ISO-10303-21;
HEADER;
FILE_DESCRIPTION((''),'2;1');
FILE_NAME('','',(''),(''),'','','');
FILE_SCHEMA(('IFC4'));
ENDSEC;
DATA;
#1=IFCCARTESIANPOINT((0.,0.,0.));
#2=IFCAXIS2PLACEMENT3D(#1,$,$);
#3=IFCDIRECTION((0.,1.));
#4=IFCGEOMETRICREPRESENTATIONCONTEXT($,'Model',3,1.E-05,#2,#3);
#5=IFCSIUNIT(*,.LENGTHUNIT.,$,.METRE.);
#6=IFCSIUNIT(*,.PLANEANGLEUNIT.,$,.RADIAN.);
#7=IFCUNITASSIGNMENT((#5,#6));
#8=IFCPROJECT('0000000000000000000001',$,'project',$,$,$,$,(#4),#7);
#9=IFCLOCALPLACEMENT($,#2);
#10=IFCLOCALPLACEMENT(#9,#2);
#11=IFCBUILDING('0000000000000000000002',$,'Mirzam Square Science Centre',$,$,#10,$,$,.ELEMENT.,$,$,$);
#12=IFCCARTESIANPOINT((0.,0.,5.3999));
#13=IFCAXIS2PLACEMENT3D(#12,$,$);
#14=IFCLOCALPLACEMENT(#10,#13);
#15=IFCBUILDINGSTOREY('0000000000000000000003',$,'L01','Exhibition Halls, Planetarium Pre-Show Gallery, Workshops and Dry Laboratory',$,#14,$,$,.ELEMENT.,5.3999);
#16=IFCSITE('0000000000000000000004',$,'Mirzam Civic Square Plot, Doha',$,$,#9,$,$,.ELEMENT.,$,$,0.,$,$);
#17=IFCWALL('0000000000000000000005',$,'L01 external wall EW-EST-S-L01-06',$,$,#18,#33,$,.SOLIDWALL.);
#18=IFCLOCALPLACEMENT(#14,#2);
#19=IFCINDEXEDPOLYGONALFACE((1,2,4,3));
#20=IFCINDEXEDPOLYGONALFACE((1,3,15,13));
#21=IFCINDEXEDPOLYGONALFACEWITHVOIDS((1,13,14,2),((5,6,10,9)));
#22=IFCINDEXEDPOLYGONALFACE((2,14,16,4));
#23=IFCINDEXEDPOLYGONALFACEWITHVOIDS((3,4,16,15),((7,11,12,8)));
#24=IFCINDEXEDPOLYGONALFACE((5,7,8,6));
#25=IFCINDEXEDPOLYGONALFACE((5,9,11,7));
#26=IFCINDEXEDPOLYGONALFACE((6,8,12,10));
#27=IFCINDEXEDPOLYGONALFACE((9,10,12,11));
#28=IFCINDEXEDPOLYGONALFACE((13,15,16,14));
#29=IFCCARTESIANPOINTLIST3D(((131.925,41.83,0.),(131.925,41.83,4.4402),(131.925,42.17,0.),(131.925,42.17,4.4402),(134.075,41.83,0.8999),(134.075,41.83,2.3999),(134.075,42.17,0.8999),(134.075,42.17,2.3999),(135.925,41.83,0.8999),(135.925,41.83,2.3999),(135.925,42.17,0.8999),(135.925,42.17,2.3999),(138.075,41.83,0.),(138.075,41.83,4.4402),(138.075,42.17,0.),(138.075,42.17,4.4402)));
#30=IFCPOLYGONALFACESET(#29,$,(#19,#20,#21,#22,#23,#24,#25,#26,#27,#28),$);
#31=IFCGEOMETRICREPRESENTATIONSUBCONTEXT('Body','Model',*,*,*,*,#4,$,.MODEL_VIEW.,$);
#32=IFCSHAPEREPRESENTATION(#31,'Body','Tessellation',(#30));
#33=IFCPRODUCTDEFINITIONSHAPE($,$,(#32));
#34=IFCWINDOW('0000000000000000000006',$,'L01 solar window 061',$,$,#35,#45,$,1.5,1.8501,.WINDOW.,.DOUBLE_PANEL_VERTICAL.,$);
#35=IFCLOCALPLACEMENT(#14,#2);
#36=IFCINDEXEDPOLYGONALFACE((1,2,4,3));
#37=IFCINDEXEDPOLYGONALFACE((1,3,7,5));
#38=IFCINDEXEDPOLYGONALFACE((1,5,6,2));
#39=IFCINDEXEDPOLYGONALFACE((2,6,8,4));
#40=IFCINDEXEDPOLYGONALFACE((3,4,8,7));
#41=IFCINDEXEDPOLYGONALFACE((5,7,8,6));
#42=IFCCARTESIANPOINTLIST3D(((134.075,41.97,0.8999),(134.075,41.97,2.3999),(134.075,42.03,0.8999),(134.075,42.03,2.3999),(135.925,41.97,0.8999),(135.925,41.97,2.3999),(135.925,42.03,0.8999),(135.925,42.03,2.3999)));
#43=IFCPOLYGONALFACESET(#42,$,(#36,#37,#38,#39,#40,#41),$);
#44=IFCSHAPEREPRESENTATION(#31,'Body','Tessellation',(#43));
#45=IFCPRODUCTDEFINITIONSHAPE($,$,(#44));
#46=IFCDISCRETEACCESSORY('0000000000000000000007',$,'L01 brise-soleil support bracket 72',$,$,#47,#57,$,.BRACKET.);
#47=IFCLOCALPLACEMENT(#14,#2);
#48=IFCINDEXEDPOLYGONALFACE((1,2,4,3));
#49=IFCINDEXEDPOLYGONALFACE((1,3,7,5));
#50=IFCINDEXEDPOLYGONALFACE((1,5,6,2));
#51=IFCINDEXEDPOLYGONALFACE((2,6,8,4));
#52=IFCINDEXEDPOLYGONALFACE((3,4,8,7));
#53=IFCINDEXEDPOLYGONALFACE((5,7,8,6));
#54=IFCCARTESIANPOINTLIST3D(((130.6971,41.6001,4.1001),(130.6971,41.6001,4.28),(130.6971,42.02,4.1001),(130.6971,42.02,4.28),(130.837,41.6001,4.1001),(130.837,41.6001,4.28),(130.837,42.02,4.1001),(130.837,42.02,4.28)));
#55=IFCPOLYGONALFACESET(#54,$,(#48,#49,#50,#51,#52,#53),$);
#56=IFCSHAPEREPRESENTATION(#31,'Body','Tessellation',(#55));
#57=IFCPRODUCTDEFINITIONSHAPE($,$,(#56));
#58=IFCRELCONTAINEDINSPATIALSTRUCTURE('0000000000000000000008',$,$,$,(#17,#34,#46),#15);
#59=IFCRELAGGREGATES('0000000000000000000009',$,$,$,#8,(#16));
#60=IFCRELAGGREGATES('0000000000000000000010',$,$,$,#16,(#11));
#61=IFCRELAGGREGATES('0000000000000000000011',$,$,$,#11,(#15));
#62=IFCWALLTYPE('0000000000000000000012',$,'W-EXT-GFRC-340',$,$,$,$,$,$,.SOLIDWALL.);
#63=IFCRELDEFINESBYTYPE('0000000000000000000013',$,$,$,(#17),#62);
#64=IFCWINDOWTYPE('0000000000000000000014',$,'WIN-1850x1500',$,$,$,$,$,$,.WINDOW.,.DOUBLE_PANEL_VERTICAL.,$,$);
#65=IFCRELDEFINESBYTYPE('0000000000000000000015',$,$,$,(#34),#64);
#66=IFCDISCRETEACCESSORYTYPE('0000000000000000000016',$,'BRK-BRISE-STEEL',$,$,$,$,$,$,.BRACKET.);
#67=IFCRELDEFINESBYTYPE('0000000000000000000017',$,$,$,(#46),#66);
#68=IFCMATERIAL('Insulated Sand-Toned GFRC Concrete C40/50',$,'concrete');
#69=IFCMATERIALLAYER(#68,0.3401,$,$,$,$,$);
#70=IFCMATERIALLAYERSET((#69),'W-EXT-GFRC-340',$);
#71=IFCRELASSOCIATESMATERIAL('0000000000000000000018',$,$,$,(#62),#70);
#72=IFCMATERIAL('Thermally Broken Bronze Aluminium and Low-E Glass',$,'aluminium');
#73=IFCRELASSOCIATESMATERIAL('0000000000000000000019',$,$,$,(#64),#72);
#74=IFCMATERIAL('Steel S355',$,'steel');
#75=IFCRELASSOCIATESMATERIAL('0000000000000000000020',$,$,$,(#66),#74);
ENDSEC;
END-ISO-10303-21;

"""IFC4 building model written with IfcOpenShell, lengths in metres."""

from ifc_helpers import new_model, si_unit, direction, frame, frame_2d, origin, origin_2d, place, context, subcontext, project, spatial, rectangle, extrude, material, layer, layer_set, type_object, element, fill, save


model = new_model("IFC4")

# Units and contexts
model_context = context("Model", 3, precision=1e-05, world=origin(), true_north=direction((0.0, 1.0)))
body_context = subcontext(model_context, "Body", "Model", "MODEL_VIEW")
ifc_project = project(units=[si_unit("LENGTHUNIT", "METRE"), si_unit("PLANEANGLEUNIT", "RADIAN")], contexts=[model_context])

# Site, building, storey
site_placement = place(None, origin())
site = spatial("IfcSite", under=ifc_project, at=site_placement, Name="Mirzam Civic Square Plot, Doha", CompositionType="ELEMENT", RefElevation=0.0)
building_placement = place(site_placement, origin())
building = spatial("IfcBuilding", under=site, at=building_placement, Name="Mirzam Square Science Centre", CompositionType="ELEMENT")
storey_placement = place(building_placement, frame((0.0, 0.0, 5.3999)))
storey = spatial("IfcBuildingStorey", under=building, at=storey_placement, Name="L01", Description="Exhibition Halls, Planetarium Pre-Show Gallery, Workshops and Dry Laboratory", CompositionType="ELEMENT", Elevation=5.3999)

# Shared definitions
ifc_material_1 = material(Name="Steel S355", Category="steel")

# Wall, opening, window
ifc_material_2 = material(Name="Insulated Sand-Toned GFRC Concrete C40/50", Category="concrete")
ifc_layer_1 = layer(ifc_material_2, 0.3401)
ifc_layer_set_1 = layer_set([ifc_layer_1], Name="W-EXT-GFRC-340")
wall_type = type_object("IfcWallType", Name="W-EXT-GFRC-340", PredefinedType="SOLIDWALL", material=ifc_layer_set_1)
wall_placement = place(storey_placement, frame((131.925, 42.0, 0.0), z_axis=(0.0, 0.0, 1.0), x_axis=(1.0, 0.0, 0.0)))
wall = element("IfcWall", 1, at=wall_placement, inside=storey, type_object=wall_type, Name="L01 external wall EW-EST-S-L01-06", PredefinedType="SOLIDWALL", context=body_context, shape_type="SweptSolid", body=[
    extrude(rectangle(XDim=6.1499, YDim=0.3401, at=frame_2d((3.075, 0.0))), origin(), (0.0, 0.0, 1.0), 4.4402),
])
opening_placement = place(wall_placement, frame((2.1499, 0.0, 0.8999)))
opening = element("IfcOpeningElement", 2, at=opening_placement, cuts=wall, PredefinedType="OPENING", context=body_context, shape_type="SweptSolid", body=[
    extrude(rectangle(XDim=1.8501, YDim=1.5, at=frame_2d((0.925, 0.75))), frame((0.0, 0.1799, 0.0), z_axis=(0.0, -1.0, 0.0), x_axis=(1.0, 0.0, 0.0)), (0.0, 0.0, 1.0), 0.3601),
])
ifc_material_3 = material(Name="Thermally Broken Bronze Aluminium and Low-E Glass", Category="aluminium")
window_type = type_object("IfcWindowType", Name="WIN-1850x1500", PartitioningType="DOUBLE_PANEL_VERTICAL", PredefinedType="WINDOW", material=ifc_material_3)
window_placement = place(opening_placement, origin())
window = element("IfcWindow", 3, at=window_placement, inside=storey, type_object=window_type, Name="L01 solar window 061", OverallHeight=1.5, OverallWidth=1.8501, PartitioningType="DOUBLE_PANEL_VERTICAL", PredefinedType="WINDOW", context=body_context, shape_type="SweptSolid", body=[
    extrude(rectangle(XDim=1.8501, YDim=1.5, at=frame_2d((0.925, 0.75))), frame((0.0, 0.03, 0.0), z_axis=(0.0, -1.0, 0.0), x_axis=(1.0, 0.0, 0.0)), (0.0, 0.0, 1.0), 0.0601),
])
fill(opening, window)

# Discrete accessory
discrete_accessory_type = type_object("IfcDiscreteAccessoryType", Name="BRK-BRISE-STEEL", PredefinedType="BRACKET", material=ifc_material_1)
discrete_accessory_placement = place(storey_placement, frame((130.7671, 41.8101, 4.1001), z_axis=(0.0, 0.0, 1.0), x_axis=(1.0, 0.0, 0.0)))
element("IfcDiscreteAccessory", 4, at=discrete_accessory_placement, inside=storey, type_object=discrete_accessory_type, Name="L01 brise-soleil support bracket 72", PredefinedType="BRACKET", context=body_context, shape_type="SweptSolid", body=[
    extrude(rectangle(XDim=0.1399, YDim=0.4199, at=origin_2d()), origin(), (0.0, 0.0, 1.0), 0.1799),
])

save(model, "model.ifc")
